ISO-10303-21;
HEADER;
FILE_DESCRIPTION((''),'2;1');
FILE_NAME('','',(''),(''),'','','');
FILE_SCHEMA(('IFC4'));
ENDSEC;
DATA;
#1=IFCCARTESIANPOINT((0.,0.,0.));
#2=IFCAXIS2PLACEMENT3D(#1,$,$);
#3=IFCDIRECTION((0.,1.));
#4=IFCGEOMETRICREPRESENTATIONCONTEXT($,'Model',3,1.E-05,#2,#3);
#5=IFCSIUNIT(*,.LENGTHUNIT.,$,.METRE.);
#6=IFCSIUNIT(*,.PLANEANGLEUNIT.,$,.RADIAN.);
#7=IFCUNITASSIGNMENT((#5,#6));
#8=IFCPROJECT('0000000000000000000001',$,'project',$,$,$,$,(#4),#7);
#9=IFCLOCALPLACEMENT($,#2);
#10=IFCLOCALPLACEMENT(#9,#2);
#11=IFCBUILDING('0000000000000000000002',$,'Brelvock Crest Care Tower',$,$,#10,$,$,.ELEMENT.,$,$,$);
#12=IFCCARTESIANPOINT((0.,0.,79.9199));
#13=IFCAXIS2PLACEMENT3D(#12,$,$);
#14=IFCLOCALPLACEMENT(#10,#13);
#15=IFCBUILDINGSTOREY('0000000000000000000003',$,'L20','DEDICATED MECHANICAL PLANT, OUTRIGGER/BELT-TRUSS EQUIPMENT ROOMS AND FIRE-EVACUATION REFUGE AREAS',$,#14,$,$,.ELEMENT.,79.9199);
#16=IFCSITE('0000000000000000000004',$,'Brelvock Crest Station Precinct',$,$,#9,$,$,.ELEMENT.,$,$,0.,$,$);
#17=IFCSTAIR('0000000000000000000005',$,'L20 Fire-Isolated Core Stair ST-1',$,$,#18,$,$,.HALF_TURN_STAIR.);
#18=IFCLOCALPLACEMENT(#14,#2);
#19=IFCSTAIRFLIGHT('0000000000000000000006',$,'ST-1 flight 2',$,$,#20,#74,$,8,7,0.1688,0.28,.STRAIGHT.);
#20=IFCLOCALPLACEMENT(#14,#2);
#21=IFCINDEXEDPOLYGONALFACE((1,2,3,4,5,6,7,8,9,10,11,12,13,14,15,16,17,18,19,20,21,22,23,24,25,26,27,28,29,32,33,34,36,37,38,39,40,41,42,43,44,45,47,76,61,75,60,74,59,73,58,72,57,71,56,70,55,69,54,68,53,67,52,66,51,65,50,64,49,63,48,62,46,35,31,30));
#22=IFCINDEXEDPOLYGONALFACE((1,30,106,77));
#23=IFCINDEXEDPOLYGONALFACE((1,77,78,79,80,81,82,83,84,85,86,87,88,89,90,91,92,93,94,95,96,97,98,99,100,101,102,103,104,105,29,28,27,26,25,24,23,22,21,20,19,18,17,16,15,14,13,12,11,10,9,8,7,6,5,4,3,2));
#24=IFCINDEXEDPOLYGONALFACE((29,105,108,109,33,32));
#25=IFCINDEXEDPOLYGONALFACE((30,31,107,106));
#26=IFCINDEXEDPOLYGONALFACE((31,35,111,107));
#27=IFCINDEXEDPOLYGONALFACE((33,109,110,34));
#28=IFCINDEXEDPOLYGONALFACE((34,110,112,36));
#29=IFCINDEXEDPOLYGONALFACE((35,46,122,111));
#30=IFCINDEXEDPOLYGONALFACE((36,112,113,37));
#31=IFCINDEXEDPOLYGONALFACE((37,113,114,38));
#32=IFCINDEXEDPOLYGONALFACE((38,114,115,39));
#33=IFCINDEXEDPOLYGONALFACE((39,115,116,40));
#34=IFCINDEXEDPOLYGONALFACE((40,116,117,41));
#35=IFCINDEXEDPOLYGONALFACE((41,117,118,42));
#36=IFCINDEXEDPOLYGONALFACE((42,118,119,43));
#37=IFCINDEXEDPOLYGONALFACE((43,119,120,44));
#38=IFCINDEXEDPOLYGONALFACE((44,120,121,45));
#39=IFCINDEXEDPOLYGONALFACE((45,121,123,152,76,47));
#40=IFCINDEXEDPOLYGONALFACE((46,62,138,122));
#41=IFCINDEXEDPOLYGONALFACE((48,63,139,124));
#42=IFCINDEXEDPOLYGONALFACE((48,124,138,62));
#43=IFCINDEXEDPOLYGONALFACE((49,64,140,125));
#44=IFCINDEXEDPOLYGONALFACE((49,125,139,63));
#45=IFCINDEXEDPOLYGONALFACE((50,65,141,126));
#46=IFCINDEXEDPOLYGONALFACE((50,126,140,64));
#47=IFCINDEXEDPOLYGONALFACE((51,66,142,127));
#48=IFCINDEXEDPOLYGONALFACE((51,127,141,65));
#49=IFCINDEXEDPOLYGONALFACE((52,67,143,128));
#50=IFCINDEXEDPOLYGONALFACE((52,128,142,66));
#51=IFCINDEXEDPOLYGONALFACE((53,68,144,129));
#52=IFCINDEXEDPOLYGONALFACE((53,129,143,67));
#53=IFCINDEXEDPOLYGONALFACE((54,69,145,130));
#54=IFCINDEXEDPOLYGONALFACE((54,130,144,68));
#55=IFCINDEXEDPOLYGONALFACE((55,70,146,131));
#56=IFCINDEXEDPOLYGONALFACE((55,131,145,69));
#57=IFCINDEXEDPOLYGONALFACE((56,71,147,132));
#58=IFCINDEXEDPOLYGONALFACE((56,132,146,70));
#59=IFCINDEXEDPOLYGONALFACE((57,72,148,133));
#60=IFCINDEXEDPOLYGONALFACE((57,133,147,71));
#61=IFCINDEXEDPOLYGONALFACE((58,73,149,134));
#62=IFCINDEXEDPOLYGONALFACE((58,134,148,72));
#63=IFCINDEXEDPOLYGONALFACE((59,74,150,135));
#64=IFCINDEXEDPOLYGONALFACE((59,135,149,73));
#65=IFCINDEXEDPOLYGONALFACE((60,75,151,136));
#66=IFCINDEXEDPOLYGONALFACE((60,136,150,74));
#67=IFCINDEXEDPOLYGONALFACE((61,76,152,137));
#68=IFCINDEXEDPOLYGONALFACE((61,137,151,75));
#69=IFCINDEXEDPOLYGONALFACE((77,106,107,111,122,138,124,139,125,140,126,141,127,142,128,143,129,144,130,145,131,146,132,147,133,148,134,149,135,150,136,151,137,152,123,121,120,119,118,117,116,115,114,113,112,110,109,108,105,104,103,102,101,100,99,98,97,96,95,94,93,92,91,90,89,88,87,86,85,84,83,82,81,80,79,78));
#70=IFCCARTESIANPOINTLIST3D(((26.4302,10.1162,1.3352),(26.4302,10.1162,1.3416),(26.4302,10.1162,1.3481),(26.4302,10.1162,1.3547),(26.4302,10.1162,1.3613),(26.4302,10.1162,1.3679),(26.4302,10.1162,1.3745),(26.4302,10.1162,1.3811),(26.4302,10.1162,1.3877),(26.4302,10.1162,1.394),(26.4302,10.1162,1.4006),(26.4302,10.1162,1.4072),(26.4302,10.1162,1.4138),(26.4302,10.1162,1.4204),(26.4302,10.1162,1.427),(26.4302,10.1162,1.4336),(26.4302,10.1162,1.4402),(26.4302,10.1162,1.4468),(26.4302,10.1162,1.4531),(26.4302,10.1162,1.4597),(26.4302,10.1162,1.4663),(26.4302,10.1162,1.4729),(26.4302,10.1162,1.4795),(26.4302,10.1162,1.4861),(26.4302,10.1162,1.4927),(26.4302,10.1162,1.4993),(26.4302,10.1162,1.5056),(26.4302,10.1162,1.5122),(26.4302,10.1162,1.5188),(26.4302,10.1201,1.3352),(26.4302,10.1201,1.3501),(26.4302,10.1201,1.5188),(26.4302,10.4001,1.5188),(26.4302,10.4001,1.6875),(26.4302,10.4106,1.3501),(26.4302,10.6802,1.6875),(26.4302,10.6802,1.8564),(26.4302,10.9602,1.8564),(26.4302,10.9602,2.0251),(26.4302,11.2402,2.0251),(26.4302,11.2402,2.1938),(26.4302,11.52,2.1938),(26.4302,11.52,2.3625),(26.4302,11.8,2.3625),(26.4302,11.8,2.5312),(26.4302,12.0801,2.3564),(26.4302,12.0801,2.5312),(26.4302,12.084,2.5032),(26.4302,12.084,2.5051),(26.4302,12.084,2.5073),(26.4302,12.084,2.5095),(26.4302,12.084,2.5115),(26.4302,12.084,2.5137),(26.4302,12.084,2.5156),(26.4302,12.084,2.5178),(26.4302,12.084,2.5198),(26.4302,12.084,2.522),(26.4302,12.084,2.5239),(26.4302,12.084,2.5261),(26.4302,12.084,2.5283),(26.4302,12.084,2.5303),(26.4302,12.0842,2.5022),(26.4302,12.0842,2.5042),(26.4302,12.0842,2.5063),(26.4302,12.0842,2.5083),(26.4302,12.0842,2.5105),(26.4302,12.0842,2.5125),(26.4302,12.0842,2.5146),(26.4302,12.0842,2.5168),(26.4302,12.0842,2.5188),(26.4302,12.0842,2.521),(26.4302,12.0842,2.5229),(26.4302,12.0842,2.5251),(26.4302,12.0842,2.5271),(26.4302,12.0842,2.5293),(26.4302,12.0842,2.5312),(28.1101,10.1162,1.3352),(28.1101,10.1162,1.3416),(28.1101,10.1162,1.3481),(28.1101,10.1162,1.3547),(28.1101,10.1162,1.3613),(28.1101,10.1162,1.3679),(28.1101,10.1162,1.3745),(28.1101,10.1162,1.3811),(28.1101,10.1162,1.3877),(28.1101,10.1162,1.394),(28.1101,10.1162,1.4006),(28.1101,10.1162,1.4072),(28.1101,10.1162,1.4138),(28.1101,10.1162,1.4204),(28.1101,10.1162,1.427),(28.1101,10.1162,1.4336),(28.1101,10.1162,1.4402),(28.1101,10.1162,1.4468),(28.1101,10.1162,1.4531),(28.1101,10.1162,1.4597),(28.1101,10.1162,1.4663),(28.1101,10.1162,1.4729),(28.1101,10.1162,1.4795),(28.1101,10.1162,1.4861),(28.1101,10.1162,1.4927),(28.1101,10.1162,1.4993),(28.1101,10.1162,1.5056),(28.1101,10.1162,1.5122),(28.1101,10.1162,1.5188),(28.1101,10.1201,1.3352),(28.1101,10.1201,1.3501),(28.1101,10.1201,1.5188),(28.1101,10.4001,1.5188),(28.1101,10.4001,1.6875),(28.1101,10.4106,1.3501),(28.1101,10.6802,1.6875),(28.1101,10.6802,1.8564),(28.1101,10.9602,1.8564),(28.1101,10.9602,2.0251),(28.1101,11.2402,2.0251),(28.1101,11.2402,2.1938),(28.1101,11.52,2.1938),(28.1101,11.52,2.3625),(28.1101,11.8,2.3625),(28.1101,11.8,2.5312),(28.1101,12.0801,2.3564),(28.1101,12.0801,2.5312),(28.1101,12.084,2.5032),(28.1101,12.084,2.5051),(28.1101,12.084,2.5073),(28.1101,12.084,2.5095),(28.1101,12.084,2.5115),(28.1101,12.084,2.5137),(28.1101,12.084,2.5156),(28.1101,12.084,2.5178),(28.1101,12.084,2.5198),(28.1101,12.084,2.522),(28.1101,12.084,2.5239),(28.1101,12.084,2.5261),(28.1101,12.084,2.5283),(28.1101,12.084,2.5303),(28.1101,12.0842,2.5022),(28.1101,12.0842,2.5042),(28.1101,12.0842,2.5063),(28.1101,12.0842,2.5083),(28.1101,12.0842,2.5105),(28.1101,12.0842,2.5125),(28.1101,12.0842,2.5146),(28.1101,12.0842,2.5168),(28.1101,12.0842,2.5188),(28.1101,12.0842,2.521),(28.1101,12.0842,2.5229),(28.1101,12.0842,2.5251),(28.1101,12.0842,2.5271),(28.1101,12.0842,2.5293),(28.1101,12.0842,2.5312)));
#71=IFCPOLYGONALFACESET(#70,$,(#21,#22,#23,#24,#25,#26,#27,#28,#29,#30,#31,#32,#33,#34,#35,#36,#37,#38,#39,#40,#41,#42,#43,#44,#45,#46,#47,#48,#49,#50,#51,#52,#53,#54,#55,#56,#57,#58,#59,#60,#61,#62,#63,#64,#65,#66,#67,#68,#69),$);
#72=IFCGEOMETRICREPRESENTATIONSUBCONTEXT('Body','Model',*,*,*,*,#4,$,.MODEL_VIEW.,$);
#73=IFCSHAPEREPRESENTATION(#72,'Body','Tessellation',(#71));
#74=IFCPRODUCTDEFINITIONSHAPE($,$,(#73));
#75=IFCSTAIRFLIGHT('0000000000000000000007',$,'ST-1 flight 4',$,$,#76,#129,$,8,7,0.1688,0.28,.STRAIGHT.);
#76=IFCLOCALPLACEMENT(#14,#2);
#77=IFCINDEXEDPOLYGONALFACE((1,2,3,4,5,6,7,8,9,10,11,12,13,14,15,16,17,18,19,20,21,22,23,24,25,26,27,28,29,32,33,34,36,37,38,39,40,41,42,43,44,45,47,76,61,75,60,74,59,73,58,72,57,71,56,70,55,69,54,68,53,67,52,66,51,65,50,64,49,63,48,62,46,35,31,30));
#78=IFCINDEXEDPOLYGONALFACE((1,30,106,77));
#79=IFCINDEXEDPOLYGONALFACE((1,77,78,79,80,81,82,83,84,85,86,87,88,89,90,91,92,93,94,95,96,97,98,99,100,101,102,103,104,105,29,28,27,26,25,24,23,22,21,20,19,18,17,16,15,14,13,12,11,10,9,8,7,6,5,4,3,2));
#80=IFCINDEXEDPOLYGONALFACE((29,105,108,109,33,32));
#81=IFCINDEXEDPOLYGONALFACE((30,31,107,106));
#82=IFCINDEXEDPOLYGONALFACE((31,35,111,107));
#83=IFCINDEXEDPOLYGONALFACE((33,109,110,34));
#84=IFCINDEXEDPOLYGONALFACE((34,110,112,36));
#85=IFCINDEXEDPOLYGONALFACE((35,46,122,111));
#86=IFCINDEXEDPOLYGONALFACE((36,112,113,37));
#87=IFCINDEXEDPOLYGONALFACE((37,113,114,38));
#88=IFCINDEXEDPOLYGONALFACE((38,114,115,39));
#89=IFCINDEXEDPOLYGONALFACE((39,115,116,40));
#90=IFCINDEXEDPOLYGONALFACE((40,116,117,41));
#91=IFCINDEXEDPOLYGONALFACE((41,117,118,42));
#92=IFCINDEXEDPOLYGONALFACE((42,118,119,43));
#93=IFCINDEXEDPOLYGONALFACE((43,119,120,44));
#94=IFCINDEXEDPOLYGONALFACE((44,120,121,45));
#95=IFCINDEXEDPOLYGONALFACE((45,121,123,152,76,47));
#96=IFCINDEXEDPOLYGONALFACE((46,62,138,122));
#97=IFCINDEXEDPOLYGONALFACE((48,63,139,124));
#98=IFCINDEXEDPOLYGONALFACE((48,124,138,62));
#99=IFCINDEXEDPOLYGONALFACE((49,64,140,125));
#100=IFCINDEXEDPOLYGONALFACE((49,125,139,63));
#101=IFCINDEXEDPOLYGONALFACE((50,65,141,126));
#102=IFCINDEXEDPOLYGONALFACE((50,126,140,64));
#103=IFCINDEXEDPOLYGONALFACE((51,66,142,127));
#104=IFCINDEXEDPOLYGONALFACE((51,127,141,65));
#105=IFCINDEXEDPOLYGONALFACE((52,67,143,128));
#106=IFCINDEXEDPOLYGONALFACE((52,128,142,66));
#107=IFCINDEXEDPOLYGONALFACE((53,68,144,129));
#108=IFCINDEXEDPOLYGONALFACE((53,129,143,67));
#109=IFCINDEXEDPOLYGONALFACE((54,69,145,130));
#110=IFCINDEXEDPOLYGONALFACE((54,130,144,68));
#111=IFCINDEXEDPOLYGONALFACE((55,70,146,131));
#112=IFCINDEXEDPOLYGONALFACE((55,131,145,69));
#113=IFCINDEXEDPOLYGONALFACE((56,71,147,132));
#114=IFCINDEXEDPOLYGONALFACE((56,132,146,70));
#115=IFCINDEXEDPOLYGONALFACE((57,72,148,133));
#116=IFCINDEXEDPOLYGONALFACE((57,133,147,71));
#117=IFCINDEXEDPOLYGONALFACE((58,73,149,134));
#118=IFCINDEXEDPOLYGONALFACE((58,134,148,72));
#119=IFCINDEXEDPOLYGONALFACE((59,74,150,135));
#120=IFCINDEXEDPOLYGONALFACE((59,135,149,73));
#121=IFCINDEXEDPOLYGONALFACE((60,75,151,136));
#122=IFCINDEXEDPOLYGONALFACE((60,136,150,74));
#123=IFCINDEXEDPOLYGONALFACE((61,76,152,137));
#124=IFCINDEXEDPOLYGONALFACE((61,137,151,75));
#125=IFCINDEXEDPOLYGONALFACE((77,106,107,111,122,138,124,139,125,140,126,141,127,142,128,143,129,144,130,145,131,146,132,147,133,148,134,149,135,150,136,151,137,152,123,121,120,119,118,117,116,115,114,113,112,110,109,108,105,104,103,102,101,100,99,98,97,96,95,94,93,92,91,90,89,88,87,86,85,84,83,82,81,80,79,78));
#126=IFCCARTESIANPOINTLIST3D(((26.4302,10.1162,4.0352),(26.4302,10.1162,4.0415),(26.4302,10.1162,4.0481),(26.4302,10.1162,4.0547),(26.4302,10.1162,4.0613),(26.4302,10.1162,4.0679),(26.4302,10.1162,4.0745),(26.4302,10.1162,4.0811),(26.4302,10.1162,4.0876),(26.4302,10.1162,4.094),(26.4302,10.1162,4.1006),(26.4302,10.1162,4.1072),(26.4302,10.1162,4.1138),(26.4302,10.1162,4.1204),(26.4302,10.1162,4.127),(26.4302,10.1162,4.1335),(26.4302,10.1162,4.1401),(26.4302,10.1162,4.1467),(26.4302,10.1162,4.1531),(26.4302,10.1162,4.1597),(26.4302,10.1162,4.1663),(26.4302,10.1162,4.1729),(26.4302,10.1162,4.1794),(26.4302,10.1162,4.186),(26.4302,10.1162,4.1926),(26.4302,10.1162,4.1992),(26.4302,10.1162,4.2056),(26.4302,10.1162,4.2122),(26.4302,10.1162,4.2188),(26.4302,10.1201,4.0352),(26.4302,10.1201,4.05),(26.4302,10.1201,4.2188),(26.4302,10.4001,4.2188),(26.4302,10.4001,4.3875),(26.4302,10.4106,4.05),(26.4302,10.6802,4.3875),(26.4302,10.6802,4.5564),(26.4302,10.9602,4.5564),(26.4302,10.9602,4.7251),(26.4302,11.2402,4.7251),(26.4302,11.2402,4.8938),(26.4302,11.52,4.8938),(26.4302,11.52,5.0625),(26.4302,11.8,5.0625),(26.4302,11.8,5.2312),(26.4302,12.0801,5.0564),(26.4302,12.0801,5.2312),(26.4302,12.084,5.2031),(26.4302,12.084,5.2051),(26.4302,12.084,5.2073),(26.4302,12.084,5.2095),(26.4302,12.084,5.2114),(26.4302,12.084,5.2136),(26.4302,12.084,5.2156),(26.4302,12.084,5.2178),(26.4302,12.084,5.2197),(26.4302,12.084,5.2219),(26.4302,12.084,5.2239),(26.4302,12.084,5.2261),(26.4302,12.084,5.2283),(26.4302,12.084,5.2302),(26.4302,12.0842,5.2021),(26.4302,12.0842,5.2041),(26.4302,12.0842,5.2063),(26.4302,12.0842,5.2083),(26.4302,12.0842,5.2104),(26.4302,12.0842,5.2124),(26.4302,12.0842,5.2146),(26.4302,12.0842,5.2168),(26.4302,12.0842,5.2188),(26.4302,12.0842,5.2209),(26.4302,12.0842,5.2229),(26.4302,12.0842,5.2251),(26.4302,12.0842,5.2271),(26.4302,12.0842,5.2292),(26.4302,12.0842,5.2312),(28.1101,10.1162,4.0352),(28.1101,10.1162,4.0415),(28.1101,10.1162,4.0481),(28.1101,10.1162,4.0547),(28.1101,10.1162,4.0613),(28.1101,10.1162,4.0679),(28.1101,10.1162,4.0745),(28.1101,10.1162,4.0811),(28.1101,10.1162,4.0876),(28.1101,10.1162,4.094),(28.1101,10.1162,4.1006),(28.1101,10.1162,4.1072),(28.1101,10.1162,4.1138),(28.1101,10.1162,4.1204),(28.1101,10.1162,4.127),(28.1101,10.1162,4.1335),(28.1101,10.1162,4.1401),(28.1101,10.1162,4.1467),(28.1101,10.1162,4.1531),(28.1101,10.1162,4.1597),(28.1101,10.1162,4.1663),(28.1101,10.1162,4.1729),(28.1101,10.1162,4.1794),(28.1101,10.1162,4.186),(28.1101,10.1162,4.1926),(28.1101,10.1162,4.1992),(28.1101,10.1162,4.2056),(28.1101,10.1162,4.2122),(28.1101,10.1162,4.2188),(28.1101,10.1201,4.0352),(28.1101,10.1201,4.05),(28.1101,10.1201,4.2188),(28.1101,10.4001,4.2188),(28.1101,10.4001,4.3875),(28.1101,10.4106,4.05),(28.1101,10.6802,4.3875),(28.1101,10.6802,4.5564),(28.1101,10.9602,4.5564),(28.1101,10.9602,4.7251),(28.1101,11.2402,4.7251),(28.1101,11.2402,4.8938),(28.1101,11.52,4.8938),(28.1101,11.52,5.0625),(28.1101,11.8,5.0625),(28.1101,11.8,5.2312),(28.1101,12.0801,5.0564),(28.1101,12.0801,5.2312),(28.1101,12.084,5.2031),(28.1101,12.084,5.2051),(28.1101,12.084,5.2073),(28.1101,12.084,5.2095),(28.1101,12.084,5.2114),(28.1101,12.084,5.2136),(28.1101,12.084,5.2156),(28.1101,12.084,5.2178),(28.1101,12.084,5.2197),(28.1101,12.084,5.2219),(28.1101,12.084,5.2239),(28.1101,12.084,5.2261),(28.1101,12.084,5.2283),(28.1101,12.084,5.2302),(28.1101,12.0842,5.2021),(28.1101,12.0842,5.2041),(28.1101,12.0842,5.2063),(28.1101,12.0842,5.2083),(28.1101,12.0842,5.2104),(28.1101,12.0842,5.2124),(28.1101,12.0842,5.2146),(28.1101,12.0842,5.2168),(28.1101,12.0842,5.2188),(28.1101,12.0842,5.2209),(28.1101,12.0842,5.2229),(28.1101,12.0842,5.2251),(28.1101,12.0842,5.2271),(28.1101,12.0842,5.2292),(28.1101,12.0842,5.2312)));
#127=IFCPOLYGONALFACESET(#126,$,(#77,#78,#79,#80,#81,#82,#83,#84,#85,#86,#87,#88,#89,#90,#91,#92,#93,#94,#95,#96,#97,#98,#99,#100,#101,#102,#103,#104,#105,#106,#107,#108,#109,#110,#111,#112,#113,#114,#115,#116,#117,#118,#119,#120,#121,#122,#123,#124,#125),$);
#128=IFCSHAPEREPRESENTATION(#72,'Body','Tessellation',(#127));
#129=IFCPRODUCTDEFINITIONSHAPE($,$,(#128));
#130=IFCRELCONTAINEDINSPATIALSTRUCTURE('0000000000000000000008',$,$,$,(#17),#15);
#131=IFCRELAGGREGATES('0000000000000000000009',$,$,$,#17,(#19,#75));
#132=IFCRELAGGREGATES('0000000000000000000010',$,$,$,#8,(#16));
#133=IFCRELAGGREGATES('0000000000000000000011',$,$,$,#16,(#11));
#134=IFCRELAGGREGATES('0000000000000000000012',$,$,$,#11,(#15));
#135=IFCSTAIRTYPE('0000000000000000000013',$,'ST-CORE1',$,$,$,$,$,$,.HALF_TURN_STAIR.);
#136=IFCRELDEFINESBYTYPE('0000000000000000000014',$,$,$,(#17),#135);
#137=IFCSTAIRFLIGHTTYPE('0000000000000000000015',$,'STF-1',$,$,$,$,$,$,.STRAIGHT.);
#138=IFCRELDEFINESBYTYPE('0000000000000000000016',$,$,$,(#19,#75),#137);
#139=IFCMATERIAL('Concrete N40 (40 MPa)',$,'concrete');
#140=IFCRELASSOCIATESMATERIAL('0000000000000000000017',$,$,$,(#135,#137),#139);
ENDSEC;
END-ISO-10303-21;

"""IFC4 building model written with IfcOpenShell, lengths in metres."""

from ifc_helpers import new_model, si_unit, direction, frame, origin, place, context, subcontext, project, spatial, polyline, outline, extrude, material, type_object, element, aggregate, save


model = new_model("IFC4")

# Units and contexts
model_context = context("Model", 3, precision=1e-05, world=origin(), true_north=direction((0.0, 1.0)))
body_context = subcontext(model_context, "Body", "Model", "MODEL_VIEW")
ifc_project = project(units=[si_unit("LENGTHUNIT", "METRE"), si_unit("PLANEANGLEUNIT", "RADIAN")], contexts=[model_context])

# Site, building, storey
site_placement = place(None, origin())
site = spatial("IfcSite", under=ifc_project, at=site_placement, Name="Brelvock Crest Station Precinct", CompositionType="ELEMENT", RefElevation=0.0)
building_placement = place(site_placement, origin())
building = spatial("IfcBuilding", under=site, at=building_placement, Name="Brelvock Crest Care Tower", CompositionType="ELEMENT")
storey_placement = place(building_placement, frame((0.0, 0.0, 79.9199)))
storey = spatial("IfcBuildingStorey", under=building, at=storey_placement, Name="L20", Description="DEDICATED MECHANICAL PLANT, OUTRIGGER/BELT-TRUSS EQUIPMENT ROOMS AND FIRE-EVACUATION REFUGE AREAS", CompositionType="ELEMENT", Elevation=79.9199)

# Stair, stair flights
ifc_material_1 = material(Name="Concrete N40 (40 MPa)", Category="concrete")
stair_type = type_object("IfcStairType", Name="ST-CORE1", PredefinedType="HALF_TURN_STAIR", material=ifc_material_1)
stair_placement = place(storey_placement, origin())
stair = element("IfcStair", 1, at=stair_placement, inside=storey, type_object=stair_type, Name="L20 Fire-Isolated Core Stair ST-1", PredefinedType="HALF_TURN_STAIR")
stair_flight_type = type_object("IfcStairFlightType", Name="STF-1", PredefinedType="STRAIGHT", material=ifc_material_1)
stair_flight_1_placement = place(storey_placement, frame((27.27, 10.1201, 1.3501), z_axis=(0.0, 0.0, 1.0), x_axis=(0.0, 1.0, 0.0)))
stair_flight_1 = element("IfcStairFlight", 2, at=stair_flight_1_placement, type_object=stair_flight_type, Name="ST-1 flight 2", NumberOfRisers=8, NumberOfTreads=7, PredefinedType="STRAIGHT", RiserHeight=0.1688, TreadLength=0.28, context=body_context, shape_type="SweptSolid", body=[
    extrude(outline(polyline([(-0.0039, -0.0149), (-0.0039, -0.0085), (-0.0039, -0.002), (-0.0039, 0.0046), (-0.0039, 0.0112), (-0.0039, 0.0178), (-0.0039, 0.0244), (-0.0039, 0.031), (-0.0039, 0.0376), (-0.0039, 0.0439), (-0.0039, 0.0505), (-0.0039, 0.0571), (-0.0039, 0.0637), (-0.0039, 0.0703), (-0.0039, 0.0769), (-0.0039, 0.0835), (-0.0039, 0.0901), (-0.0039, 0.0967), (-0.0039, 0.103), (-0.0039, 0.1096), (-0.0039, 0.1162), (-0.0039, 0.1228), (-0.0039, 0.1294), (-0.0039, 0.136), (-0.0039, 0.1426), (-0.0039, 0.1492), (-0.0039, 0.1555), (-0.0039, 0.1621), (-0.0039, 0.1687), (0.0, 0.1687), (0.28, 0.1687), (0.28, 0.3374), (0.5601, 0.3374), (0.5601, 0.5063), (0.8401, 0.5063), (0.8401, 0.675), (1.1201, 0.675), (1.1201, 0.8438), (1.3999, 0.8438), (1.3999, 1.0125), (1.6799, 1.0125), (1.6799, 1.1812), (1.96, 1.1812), (1.9641, 1.1812), (1.9639, 1.1802), (1.9641, 1.1792), (1.9639, 1.1782), (1.9641, 1.177), (1.9639, 1.176), (1.9641, 1.175), (1.9639, 1.1738), (1.9641, 1.1729), (1.9639, 1.1719), (1.9641, 1.1709), (1.9639, 1.1697), (1.9641, 1.1687), (1.9639, 1.1677), (1.9641, 1.1667), (1.9639, 1.1655), (1.9641, 1.1646), (1.9639, 1.1636), (1.9641, 1.1624), (1.9639, 1.1614), (1.9641, 1.1604), (1.9639, 1.1594), (1.9641, 1.1582), (1.9639, 1.1572), (1.9641, 1.1562), (1.9639, 1.155), (1.9641, 1.1541), (1.9639, 1.1531), (1.9641, 1.1521), (1.96, 1.0063), (0.2905, 0.0), (0.0, 0.0), (0.0, -0.0149), (-0.0039, -0.0149)])), frame((0.0, 0.8398, 0.0), z_axis=(0.0, -1.0, 0.0), x_axis=(1.0, 0.0, 0.0)), (0.0, 0.0, 1.0), 1.6799),
])
stair_flight_2_placement = place(storey_placement, frame((27.27, 10.1201, 4.05), z_axis=(0.0, 0.0, 1.0), x_axis=(0.0, 1.0, 0.0)))
stair_flight_2 = element("IfcStairFlight", 3, at=stair_flight_2_placement, type_object=stair_flight_type, Name="ST-1 flight 4", NumberOfRisers=8, NumberOfTreads=7, PredefinedType="STRAIGHT", RiserHeight=0.1688, TreadLength=0.28, context=body_context, shape_type="SweptSolid", body=[
    extrude(outline(polyline([(-0.0039, -0.0149), (-0.0039, -0.0085), (-0.0039, -0.002), (-0.0039, 0.0046), (-0.0039, 0.0112), (-0.0039, 0.0178), (-0.0039, 0.0244), (-0.0039, 0.031), (-0.0039, 0.0376), (-0.0039, 0.0439), (-0.0039, 0.0505), (-0.0039, 0.0571), (-0.0039, 0.0637), (-0.0039, 0.0703), (-0.0039, 0.0769), (-0.0039, 0.0835), (-0.0039, 0.0901), (-0.0039, 0.0967), (-0.0039, 0.103), (-0.0039, 0.1096), (-0.0039, 0.1162), (-0.0039, 0.1228), (-0.0039, 0.1294), (-0.0039, 0.136), (-0.0039, 0.1426), (-0.0039, 0.1492), (-0.0039, 0.1555), (-0.0039, 0.1621), (-0.0039, 0.1687), (0.0, 0.1687), (0.28, 0.1687), (0.28, 0.3374), (0.5601, 0.3374), (0.5601, 0.5063), (0.8401, 0.5063), (0.8401, 0.675), (1.1201, 0.675), (1.1201, 0.8438), (1.3999, 0.8438), (1.3999, 1.0125), (1.6799, 1.0125), (1.6799, 1.1812), (1.96, 1.1812), (1.9641, 1.1812), (1.9639, 1.1802), (1.9641, 1.1792), (1.9639, 1.1782), (1.9641, 1.177), (1.9639, 1.176), (1.9641, 1.175), (1.9639, 1.1738), (1.9641, 1.1729), (1.9639, 1.1719), (1.9641, 1.1709), (1.9639, 1.1697), (1.9641, 1.1687), (1.9639, 1.1677), (1.9641, 1.1667), (1.9639, 1.1655), (1.9641, 1.1646), (1.9639, 1.1636), (1.9641, 1.1624), (1.9639, 1.1614), (1.9641, 1.1604), (1.9639, 1.1594), (1.9641, 1.1582), (1.9639, 1.1572), (1.9641, 1.1562), (1.9639, 1.155), (1.9641, 1.1541), (1.9639, 1.1531), (1.9641, 1.1521), (1.96, 1.0063), (0.2905, 0.0), (0.0, 0.0), (0.0, -0.0149), (-0.0039, -0.0149)])), frame((0.0, 0.8398, 0.0), z_axis=(0.0, -1.0, 0.0), x_axis=(1.0, 0.0, 0.0)), (0.0, 0.0, 1.0), 1.6799),
])
aggregate(stair, [stair_flight_1, stair_flight_2])

save(model, "model.ifc")
